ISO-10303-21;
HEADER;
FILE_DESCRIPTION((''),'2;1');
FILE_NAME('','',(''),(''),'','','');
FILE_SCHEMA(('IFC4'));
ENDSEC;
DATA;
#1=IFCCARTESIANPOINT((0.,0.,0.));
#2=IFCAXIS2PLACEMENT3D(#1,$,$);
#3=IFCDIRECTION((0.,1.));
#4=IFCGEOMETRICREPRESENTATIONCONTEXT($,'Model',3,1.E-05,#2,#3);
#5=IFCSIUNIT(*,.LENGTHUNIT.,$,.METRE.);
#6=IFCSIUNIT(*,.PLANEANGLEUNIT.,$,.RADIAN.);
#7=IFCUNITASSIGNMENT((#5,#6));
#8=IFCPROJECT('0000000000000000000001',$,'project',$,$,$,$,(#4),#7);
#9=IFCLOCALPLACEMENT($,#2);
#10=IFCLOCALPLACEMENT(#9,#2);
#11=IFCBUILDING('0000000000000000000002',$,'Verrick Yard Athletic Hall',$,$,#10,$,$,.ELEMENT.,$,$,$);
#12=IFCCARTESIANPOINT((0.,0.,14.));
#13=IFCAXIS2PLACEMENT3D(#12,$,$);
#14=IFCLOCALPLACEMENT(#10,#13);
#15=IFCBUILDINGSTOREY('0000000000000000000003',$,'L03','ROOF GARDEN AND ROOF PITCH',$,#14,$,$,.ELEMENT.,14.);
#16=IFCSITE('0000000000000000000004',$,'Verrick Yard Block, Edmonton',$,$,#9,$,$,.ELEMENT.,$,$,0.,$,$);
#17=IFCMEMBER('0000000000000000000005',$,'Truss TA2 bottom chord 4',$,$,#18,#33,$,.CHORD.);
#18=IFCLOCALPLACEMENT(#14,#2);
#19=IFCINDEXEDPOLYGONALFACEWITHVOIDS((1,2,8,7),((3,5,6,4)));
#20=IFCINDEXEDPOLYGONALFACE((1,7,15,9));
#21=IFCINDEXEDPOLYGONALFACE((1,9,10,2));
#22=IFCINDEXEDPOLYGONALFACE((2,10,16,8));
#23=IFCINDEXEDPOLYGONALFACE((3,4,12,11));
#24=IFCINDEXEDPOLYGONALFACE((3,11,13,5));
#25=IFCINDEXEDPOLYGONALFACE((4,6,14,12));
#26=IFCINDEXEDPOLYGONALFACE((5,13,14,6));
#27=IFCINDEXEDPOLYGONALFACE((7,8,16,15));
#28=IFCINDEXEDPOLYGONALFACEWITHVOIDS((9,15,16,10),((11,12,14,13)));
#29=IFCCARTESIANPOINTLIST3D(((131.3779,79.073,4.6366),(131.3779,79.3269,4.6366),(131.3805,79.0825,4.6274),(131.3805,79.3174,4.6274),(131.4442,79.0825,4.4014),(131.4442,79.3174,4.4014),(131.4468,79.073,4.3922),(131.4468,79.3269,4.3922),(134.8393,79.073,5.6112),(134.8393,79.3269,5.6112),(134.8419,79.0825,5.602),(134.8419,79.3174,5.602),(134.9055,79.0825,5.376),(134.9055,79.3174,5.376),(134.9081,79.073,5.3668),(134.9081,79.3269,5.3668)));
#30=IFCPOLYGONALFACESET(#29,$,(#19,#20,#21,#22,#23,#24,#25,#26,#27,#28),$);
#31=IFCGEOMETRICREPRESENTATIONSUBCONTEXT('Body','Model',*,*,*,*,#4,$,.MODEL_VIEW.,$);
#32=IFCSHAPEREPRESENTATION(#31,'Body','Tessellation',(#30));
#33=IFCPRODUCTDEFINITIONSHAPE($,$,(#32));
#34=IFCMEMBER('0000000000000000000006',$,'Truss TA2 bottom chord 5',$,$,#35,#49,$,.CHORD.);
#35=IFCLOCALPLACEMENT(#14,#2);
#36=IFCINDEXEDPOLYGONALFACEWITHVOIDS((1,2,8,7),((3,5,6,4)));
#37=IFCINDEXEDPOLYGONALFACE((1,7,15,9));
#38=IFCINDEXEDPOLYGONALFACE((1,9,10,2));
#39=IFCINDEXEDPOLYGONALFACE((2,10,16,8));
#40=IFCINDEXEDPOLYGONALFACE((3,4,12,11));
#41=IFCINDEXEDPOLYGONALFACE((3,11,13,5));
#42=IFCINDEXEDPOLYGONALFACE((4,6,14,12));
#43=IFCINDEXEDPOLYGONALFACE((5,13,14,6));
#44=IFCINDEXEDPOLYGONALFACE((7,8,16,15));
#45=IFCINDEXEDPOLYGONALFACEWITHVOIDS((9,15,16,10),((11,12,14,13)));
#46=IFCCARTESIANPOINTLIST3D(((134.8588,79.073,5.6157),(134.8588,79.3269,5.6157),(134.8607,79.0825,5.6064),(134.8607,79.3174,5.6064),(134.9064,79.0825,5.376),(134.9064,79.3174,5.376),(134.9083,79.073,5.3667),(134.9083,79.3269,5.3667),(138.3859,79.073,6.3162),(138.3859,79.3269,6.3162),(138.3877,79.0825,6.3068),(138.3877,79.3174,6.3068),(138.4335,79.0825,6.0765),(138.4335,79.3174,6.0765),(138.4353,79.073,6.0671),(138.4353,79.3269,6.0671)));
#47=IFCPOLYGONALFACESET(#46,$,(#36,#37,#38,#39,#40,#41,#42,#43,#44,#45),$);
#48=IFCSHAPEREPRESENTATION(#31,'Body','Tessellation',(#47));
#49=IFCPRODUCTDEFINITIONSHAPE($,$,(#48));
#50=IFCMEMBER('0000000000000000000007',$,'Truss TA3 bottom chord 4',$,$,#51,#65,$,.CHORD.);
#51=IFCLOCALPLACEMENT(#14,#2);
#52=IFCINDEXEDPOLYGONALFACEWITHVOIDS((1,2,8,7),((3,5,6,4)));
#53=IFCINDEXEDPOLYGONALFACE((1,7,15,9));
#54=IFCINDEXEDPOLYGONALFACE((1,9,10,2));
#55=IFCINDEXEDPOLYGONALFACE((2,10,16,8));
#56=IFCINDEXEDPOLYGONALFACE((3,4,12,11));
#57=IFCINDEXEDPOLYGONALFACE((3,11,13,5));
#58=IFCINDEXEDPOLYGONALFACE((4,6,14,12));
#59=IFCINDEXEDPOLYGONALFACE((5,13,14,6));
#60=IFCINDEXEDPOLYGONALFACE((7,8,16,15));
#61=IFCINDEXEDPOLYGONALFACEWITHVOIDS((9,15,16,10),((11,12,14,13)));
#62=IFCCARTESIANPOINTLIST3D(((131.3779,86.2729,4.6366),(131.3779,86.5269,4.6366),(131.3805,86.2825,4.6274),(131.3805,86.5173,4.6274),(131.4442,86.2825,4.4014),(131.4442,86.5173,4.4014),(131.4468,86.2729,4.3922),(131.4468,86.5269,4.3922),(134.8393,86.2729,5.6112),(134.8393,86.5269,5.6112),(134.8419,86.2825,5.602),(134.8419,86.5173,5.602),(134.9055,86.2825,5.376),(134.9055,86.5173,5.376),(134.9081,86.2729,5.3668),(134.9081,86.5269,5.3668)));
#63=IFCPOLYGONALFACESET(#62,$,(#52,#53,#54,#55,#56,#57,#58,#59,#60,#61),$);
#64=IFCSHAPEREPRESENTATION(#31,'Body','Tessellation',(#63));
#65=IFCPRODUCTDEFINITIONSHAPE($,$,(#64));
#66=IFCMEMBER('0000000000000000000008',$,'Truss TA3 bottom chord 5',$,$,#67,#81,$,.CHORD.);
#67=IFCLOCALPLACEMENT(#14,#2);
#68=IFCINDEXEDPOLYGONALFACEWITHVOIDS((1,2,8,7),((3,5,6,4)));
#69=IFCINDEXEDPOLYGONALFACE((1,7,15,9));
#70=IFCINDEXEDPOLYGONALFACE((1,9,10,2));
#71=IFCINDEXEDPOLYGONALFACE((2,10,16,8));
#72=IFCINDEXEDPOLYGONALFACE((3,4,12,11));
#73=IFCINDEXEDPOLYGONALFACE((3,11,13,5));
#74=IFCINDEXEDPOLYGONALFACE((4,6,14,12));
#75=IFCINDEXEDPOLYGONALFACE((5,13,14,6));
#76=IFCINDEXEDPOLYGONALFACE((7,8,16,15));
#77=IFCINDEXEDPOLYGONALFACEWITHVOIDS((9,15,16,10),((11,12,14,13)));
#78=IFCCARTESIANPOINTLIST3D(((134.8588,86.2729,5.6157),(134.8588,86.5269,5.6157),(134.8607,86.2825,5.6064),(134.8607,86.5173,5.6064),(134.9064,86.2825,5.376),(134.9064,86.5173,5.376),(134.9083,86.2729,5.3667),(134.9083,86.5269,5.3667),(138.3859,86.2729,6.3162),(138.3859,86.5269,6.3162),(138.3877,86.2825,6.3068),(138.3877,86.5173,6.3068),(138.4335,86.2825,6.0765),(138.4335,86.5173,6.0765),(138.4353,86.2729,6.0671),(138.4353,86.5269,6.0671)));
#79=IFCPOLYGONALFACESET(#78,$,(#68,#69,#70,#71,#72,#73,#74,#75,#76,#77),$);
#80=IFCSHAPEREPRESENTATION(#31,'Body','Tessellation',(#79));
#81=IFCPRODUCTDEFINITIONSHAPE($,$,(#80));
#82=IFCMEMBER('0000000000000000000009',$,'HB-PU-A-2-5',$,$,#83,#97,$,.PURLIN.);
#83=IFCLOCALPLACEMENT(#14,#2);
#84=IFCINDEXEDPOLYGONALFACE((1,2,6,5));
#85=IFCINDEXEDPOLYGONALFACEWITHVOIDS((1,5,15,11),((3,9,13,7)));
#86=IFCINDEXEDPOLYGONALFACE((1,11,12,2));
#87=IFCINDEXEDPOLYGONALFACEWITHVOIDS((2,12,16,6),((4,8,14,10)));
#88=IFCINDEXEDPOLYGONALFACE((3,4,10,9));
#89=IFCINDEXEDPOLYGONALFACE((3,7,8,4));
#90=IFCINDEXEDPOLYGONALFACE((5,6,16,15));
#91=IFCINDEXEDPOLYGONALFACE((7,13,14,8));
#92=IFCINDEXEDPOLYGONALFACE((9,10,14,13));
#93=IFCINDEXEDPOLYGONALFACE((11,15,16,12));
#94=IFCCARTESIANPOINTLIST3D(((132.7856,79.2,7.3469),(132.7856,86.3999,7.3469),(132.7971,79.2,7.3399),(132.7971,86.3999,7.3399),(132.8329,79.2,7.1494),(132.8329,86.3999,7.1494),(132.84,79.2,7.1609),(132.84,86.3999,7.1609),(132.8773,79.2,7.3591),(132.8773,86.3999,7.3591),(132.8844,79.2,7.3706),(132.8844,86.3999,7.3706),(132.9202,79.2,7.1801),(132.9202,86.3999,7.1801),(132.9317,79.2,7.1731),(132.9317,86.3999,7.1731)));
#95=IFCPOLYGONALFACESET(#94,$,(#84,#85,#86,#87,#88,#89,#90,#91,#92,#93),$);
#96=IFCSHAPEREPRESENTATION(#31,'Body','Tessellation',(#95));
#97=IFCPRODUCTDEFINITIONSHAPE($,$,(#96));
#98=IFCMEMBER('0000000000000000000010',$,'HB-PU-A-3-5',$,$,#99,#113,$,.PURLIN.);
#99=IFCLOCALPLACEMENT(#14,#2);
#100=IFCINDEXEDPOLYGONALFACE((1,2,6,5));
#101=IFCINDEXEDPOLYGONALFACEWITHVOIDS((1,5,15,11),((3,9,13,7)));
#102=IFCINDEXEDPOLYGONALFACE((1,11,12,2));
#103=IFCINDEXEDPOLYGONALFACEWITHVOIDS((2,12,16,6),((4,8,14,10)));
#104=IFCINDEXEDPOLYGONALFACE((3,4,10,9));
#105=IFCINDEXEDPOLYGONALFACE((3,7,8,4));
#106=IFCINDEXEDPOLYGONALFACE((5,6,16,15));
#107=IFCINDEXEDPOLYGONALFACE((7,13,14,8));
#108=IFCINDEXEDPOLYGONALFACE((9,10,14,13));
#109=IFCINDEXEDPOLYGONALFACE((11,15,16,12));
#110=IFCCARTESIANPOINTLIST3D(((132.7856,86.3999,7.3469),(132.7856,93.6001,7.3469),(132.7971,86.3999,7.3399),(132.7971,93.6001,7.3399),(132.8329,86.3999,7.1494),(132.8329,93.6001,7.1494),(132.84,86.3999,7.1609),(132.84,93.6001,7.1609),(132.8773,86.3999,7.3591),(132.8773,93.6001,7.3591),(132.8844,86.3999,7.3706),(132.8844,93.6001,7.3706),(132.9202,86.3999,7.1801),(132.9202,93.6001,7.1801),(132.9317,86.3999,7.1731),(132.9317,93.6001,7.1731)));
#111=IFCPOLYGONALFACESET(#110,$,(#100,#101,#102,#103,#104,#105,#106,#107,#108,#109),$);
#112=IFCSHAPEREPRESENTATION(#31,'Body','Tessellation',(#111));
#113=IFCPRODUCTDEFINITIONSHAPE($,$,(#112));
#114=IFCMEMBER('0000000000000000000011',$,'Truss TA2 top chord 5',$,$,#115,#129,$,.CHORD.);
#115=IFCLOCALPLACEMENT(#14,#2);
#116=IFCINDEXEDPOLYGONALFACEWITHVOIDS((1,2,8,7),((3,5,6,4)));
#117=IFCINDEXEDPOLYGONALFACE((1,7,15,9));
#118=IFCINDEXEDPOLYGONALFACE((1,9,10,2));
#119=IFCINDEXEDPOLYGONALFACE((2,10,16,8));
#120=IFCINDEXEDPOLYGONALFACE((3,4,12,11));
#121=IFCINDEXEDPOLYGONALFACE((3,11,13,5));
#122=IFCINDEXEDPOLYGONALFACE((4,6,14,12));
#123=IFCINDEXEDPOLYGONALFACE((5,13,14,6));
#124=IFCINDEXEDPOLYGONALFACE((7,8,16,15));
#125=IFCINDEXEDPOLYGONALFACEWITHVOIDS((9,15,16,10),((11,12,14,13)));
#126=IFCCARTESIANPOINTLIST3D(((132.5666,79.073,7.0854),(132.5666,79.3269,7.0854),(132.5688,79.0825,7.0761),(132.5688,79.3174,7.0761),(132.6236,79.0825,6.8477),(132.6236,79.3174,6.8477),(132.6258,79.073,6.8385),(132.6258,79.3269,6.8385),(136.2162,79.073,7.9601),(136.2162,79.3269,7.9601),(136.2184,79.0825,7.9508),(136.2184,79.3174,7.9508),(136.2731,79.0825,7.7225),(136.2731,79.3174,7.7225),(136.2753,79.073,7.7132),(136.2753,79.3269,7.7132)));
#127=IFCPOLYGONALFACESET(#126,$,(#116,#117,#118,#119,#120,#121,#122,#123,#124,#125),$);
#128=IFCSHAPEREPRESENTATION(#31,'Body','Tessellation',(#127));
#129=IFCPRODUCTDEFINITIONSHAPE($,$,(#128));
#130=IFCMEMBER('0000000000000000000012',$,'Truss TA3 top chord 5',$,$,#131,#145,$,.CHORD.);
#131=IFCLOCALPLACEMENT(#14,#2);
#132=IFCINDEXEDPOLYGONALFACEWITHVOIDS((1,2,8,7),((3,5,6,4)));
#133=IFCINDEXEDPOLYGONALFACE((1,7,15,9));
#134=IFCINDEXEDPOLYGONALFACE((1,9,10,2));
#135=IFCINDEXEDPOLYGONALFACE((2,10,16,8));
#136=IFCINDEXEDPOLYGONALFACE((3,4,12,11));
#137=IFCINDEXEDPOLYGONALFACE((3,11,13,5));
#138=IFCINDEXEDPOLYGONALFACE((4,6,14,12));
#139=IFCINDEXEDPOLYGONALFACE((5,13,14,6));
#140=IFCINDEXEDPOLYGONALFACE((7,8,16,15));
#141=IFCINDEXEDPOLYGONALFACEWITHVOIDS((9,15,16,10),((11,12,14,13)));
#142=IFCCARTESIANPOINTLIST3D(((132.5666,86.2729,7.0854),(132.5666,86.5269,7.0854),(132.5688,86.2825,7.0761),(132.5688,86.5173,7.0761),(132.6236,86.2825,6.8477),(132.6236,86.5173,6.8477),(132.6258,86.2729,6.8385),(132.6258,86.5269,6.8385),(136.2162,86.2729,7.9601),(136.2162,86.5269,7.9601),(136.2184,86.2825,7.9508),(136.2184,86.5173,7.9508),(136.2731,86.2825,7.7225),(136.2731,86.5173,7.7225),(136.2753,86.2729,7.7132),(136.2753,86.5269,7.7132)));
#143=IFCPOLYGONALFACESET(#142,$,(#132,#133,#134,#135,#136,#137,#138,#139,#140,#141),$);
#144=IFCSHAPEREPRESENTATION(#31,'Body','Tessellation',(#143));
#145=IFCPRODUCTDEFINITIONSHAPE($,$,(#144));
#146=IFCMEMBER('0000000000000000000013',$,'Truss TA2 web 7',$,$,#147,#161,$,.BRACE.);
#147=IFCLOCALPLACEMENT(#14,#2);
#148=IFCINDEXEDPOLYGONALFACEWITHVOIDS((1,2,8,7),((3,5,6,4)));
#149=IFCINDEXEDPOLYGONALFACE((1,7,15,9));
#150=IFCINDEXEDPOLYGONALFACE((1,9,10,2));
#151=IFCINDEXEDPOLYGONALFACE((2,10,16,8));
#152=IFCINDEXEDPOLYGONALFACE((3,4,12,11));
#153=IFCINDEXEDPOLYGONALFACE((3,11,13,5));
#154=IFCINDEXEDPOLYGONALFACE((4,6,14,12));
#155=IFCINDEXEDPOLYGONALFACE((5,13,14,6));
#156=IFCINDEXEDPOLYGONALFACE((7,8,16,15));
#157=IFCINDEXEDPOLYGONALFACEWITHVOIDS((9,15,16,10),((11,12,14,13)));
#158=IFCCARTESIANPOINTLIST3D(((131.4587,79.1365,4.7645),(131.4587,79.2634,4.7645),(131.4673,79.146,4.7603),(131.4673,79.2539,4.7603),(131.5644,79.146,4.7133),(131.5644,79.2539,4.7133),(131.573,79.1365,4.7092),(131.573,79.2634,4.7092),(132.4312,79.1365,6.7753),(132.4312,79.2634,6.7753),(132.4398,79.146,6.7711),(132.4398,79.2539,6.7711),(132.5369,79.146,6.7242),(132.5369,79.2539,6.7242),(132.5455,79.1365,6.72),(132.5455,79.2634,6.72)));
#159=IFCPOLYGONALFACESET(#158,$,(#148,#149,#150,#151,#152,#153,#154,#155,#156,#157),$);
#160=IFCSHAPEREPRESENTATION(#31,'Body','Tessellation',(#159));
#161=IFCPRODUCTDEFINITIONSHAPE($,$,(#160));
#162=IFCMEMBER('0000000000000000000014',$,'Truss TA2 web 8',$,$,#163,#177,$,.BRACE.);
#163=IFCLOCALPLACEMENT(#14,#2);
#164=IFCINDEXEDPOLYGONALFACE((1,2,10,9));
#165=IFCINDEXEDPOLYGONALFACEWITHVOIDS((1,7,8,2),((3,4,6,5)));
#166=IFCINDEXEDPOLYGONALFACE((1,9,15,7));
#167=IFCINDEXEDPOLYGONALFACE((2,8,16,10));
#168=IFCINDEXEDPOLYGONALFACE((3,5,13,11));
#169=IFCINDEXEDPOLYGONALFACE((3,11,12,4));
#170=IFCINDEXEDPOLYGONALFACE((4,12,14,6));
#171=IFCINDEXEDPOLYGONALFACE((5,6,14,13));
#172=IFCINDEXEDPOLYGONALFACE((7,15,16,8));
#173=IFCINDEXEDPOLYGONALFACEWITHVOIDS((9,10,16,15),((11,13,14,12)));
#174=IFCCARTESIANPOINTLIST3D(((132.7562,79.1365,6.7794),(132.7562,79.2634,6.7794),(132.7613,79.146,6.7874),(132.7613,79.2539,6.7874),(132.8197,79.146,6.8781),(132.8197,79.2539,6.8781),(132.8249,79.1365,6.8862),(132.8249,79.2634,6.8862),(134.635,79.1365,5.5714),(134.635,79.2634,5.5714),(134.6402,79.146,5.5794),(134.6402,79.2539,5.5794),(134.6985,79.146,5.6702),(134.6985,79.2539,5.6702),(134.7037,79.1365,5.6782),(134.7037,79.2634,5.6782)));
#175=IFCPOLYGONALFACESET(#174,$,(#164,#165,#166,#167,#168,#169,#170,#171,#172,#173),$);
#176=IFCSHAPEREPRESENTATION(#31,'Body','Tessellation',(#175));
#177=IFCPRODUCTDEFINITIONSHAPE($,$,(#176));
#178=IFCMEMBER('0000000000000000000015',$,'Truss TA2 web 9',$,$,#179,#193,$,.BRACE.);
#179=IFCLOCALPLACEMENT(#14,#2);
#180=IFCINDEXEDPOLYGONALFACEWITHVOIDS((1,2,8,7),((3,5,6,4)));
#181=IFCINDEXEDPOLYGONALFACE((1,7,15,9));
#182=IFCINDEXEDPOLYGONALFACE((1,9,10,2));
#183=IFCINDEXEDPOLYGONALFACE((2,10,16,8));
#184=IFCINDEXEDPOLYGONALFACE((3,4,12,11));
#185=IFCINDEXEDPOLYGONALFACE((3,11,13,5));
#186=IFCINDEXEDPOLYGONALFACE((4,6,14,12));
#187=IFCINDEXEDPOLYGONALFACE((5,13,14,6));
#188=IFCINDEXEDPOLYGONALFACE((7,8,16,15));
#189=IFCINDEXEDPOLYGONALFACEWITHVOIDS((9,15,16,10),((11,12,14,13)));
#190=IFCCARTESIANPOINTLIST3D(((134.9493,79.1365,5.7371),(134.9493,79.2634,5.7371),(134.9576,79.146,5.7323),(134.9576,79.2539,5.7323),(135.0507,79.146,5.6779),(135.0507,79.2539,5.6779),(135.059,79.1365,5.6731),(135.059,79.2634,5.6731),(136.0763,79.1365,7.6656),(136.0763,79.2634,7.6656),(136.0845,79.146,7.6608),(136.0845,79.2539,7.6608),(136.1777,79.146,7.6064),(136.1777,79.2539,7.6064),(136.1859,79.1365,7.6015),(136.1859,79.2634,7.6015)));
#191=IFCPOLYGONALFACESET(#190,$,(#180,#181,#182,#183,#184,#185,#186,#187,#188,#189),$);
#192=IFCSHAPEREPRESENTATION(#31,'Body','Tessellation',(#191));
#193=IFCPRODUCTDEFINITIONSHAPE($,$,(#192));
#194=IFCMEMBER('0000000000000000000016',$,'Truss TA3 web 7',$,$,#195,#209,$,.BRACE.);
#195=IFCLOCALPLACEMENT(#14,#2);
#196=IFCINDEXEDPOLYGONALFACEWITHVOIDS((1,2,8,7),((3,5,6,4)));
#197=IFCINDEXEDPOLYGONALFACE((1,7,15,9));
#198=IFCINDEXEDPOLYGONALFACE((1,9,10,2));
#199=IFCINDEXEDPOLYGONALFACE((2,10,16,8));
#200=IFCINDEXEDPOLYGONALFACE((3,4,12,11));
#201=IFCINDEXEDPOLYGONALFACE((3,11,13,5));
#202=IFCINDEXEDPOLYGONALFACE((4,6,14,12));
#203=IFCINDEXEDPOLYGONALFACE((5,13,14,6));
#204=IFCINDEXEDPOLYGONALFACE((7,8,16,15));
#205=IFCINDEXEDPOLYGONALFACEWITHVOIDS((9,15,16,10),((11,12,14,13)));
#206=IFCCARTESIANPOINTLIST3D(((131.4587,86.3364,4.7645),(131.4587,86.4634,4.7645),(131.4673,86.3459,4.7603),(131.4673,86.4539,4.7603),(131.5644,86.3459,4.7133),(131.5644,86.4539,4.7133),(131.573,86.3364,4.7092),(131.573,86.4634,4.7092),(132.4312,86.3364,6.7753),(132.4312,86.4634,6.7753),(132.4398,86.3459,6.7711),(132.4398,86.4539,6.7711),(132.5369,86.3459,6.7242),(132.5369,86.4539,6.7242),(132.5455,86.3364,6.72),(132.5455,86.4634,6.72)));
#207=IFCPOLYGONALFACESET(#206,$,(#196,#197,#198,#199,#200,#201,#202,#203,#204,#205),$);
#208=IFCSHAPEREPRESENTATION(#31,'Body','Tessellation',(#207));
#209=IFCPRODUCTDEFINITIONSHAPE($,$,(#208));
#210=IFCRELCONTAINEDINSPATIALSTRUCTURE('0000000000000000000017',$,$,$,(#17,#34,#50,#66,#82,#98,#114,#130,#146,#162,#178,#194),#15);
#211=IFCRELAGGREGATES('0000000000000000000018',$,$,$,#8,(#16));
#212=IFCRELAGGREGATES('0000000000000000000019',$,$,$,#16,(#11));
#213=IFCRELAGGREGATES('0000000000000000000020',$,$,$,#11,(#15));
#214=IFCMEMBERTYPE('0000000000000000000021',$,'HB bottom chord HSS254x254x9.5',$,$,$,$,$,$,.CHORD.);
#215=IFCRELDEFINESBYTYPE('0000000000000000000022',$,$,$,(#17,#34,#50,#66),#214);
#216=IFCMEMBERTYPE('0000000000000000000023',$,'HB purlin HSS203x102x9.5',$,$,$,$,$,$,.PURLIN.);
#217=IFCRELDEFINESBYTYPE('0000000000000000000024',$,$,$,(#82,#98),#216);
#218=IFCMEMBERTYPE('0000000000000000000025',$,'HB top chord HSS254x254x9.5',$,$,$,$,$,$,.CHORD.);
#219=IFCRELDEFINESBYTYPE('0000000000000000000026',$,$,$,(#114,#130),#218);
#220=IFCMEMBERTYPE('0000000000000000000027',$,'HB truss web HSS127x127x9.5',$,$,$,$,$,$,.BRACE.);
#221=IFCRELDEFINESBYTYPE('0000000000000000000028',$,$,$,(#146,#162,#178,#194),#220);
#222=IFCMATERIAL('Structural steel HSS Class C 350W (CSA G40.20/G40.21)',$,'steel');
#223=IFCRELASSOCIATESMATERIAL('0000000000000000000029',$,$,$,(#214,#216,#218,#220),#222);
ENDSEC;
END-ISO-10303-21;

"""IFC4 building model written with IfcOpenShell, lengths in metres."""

from ifc_helpers import new_model, si_unit, direction, frame, origin, origin_2d, place, context, subcontext, project, spatial, hollow_rectangle, extrude, material, material_profile, profile_set, type_object, element, save


model = new_model("IFC4")

# Units and contexts
model_context = context("Model", 3, precision=1e-05, world=origin(), true_north=direction((0.0, 1.0)))
body_context = subcontext(model_context, "Body", "Model", "MODEL_VIEW")
ifc_project = project(units=[si_unit("LENGTHUNIT", "METRE"), si_unit("PLANEANGLEUNIT", "RADIAN")], contexts=[model_context])

# Site, building, storey
site_placement = place(None, origin())
site = spatial("IfcSite", under=ifc_project, at=site_placement, Name="Verrick Yard Block, Edmonton", CompositionType="ELEMENT", RefElevation=0.0)
building_placement = place(site_placement, origin())
building = spatial("IfcBuilding", under=site, at=building_placement, Name="Verrick Yard Athletic Hall", CompositionType="ELEMENT")
storey_placement = place(building_placement, frame((0.0, 0.0, 14.0)))
storey = spatial("IfcBuildingStorey", under=building, at=storey_placement, Name="L03", Description="ROOF GARDEN AND ROOF PITCH", CompositionType="ELEMENT", Elevation=14.0)

# Members
ifc_material_1 = material(Name="Structural steel HSS Class C 350W (CSA G40.20/G40.21)", Category="steel")
ifc_material_profile_1 = material_profile(ifc_material_1, hollow_rectangle(XDim=0.2539, YDim=0.2539, WallThickness=0.0095, at=origin_2d()), Name="HSS254x254x9.5")
ifc_profile_set_1 = profile_set([ifc_material_profile_1], Name="Structural steel HSS Class C 350W (CSA G40.20/G40.21)")
member_type_1 = type_object("IfcMemberType", Name="HB bottom chord HSS254x254x9.5", PredefinedType="CHORD", material=ifc_profile_set_1)
for number, where, z_axis, x_axis, name in (
    (1, (131.4124, 79.2, 4.5144), (0.962572, 0.0, 0.271025), (0.0, 1.0, 0.0), "Truss TA2 bottom chord 4"),
    (2, (134.8835, 79.2, 5.4912), (0.980846, 0.0, 0.194784), (0.0, 1.0, 0.0), "Truss TA2 bottom chord 5"),
    (3, (131.4124, 86.3999, 4.5144), (0.962572, 0.0, 0.271025), (0.0, 1.0, 0.0), "Truss TA3 bottom chord 4"),
    (4, (134.8835, 86.3999, 5.4912), (0.980846, 0.0, 0.194784), (0.0, 1.0, 0.0), "Truss TA3 bottom chord 5"),
):
    element("IfcMember", number, at=place(storey_placement, frame(where, z_axis=z_axis, x_axis=x_axis)), inside=storey, type_object=member_type_1, Name=name, PredefinedType="CHORD", context=body_context, shape_type="SweptSolid", body=[
        extrude(hollow_rectangle(XDim=0.2539, YDim=0.2539, WallThickness=0.0095, at=origin_2d()), origin(), (0.0, 0.0, 1.0), 3.5959),
    ])
ifc_material_profile_2 = material_profile(ifc_material_1, hollow_rectangle(XDim=0.1016, YDim=0.2031, WallThickness=0.0095, at=origin_2d()), Name="HSS203x102x9.5")
ifc_profile_set_2 = profile_set([ifc_material_profile_2], Name="Structural steel HSS Class C 350W (CSA G40.20/G40.21)")
member_type_2 = type_object("IfcMemberType", Name="HB purlin HSS203x102x9.5", PredefinedType="PURLIN", material=ifc_profile_set_2)
member_1_placement = place(storey_placement, frame((132.8586, 79.2, 7.26), z_axis=(0.0, 1.0, 0.0), x_axis=(-0.972459, 0.0, -0.233074)))
element("IfcMember", 5, at=member_1_placement, inside=storey, type_object=member_type_2, Name="HB-PU-A-2-5", PredefinedType="PURLIN", context=body_context, shape_type="SweptSolid", body=[
    extrude(hollow_rectangle(XDim=0.1016, YDim=0.2031, WallThickness=0.0095, at=origin_2d()), origin(), (0.0, 0.0, 1.0), 7.2),
])
member_2_placement = place(storey_placement, frame((132.8586, 86.3999, 7.26), z_axis=(0.0, 1.0, 0.0), x_axis=(-0.972459, 0.0, -0.233074)))
element("IfcMember", 6, at=member_2_placement, inside=storey, type_object=member_type_2, Name="HB-PU-A-3-5", PredefinedType="PURLIN", context=body_context, shape_type="SweptSolid", body=[
    extrude(hollow_rectangle(XDim=0.1016, YDim=0.2031, WallThickness=0.0095, at=origin_2d()), origin(), (0.0, 0.0, 1.0), 7.2002),
])
ifc_material_profile_3 = material_profile(ifc_material_1, hollow_rectangle(XDim=0.2539, YDim=0.2539, WallThickness=0.0095, at=origin_2d()), Name="HSS254x254x9.5")
ifc_profile_set_3 = profile_set([ifc_material_profile_3], Name="Structural steel HSS Class C 350W (CSA G40.20/G40.21)")
member_type_3 = type_object("IfcMemberType", Name="HB top chord HSS254x254x9.5", PredefinedType="CHORD", material=ifc_profile_set_3)
for number, where, z_axis, x_axis, name in (
    (7, (132.5962, 79.2, 6.9619), (0.972458, 0.0, 0.23308), (0.0, 1.0, 0.0), "Truss TA2 top chord 5"),
    (8, (132.5962, 86.3999, 6.9619), (0.972458, 0.0, 0.23308), (0.0, 1.0, 0.0), "Truss TA3 top chord 5"),
):
    element("IfcMember", number, at=place(storey_placement, frame(where, z_axis=z_axis, x_axis=x_axis)), inside=storey, type_object=member_type_3, Name=name, PredefinedType="CHORD", context=body_context, shape_type="SweptSolid", body=[
        extrude(hollow_rectangle(XDim=0.2539, YDim=0.2539, WallThickness=0.0095, at=origin_2d()), origin(), (0.0, 0.0, 1.0), 3.7529),
    ])
ifc_material_profile_4 = material_profile(ifc_material_1, hollow_rectangle(XDim=0.127, YDim=0.127, WallThickness=0.0095, at=origin_2d()), Name="HSS127x127x9.5")
ifc_profile_set_4 = profile_set([ifc_material_profile_4], Name="Structural steel HSS Class C 350W (CSA G40.20/G40.21)")
member_type_4 = type_object("IfcMemberType", Name="HB truss web HSS127x127x9.5", PredefinedType="BRACE", material=ifc_profile_set_4)
for number, where, z_axis, x_axis, name in (
    (9, (131.5159, 79.2, 4.7368), (0.435369, 0.0, 0.900252), (0.0, 1.0, 0.0), "Truss TA2 web 7"),
    (10, (132.7905, 79.2, 6.8328), (0.84115, 0.0, -0.540802), (0.0, 1.0, 0.0), "Truss TA2 web 8"),
    (11, (135.0042, 79.2, 5.7051), (0.504544, 0.0, 0.863386), (0.0, 1.0, 0.0), "Truss TA2 web 9"),
    (12, (131.5159, 86.3999, 4.7368), (0.435369, 0.0, 0.900252), (0.0, 1.0, 0.0), "Truss TA3 web 7"),
):
    element("IfcMember", number, at=place(storey_placement, frame(where, z_axis=z_axis, x_axis=x_axis)), inside=storey, type_object=member_type_4, Name=name, PredefinedType="BRACE", context=body_context, shape_type="SweptSolid", body=[
        extrude(hollow_rectangle(XDim=0.127, YDim=0.127, WallThickness=0.0095, at=origin_2d()), origin(), (0.0, 0.0, 1.0), 2.2336),
    ])

save(model, "model.ifc")
